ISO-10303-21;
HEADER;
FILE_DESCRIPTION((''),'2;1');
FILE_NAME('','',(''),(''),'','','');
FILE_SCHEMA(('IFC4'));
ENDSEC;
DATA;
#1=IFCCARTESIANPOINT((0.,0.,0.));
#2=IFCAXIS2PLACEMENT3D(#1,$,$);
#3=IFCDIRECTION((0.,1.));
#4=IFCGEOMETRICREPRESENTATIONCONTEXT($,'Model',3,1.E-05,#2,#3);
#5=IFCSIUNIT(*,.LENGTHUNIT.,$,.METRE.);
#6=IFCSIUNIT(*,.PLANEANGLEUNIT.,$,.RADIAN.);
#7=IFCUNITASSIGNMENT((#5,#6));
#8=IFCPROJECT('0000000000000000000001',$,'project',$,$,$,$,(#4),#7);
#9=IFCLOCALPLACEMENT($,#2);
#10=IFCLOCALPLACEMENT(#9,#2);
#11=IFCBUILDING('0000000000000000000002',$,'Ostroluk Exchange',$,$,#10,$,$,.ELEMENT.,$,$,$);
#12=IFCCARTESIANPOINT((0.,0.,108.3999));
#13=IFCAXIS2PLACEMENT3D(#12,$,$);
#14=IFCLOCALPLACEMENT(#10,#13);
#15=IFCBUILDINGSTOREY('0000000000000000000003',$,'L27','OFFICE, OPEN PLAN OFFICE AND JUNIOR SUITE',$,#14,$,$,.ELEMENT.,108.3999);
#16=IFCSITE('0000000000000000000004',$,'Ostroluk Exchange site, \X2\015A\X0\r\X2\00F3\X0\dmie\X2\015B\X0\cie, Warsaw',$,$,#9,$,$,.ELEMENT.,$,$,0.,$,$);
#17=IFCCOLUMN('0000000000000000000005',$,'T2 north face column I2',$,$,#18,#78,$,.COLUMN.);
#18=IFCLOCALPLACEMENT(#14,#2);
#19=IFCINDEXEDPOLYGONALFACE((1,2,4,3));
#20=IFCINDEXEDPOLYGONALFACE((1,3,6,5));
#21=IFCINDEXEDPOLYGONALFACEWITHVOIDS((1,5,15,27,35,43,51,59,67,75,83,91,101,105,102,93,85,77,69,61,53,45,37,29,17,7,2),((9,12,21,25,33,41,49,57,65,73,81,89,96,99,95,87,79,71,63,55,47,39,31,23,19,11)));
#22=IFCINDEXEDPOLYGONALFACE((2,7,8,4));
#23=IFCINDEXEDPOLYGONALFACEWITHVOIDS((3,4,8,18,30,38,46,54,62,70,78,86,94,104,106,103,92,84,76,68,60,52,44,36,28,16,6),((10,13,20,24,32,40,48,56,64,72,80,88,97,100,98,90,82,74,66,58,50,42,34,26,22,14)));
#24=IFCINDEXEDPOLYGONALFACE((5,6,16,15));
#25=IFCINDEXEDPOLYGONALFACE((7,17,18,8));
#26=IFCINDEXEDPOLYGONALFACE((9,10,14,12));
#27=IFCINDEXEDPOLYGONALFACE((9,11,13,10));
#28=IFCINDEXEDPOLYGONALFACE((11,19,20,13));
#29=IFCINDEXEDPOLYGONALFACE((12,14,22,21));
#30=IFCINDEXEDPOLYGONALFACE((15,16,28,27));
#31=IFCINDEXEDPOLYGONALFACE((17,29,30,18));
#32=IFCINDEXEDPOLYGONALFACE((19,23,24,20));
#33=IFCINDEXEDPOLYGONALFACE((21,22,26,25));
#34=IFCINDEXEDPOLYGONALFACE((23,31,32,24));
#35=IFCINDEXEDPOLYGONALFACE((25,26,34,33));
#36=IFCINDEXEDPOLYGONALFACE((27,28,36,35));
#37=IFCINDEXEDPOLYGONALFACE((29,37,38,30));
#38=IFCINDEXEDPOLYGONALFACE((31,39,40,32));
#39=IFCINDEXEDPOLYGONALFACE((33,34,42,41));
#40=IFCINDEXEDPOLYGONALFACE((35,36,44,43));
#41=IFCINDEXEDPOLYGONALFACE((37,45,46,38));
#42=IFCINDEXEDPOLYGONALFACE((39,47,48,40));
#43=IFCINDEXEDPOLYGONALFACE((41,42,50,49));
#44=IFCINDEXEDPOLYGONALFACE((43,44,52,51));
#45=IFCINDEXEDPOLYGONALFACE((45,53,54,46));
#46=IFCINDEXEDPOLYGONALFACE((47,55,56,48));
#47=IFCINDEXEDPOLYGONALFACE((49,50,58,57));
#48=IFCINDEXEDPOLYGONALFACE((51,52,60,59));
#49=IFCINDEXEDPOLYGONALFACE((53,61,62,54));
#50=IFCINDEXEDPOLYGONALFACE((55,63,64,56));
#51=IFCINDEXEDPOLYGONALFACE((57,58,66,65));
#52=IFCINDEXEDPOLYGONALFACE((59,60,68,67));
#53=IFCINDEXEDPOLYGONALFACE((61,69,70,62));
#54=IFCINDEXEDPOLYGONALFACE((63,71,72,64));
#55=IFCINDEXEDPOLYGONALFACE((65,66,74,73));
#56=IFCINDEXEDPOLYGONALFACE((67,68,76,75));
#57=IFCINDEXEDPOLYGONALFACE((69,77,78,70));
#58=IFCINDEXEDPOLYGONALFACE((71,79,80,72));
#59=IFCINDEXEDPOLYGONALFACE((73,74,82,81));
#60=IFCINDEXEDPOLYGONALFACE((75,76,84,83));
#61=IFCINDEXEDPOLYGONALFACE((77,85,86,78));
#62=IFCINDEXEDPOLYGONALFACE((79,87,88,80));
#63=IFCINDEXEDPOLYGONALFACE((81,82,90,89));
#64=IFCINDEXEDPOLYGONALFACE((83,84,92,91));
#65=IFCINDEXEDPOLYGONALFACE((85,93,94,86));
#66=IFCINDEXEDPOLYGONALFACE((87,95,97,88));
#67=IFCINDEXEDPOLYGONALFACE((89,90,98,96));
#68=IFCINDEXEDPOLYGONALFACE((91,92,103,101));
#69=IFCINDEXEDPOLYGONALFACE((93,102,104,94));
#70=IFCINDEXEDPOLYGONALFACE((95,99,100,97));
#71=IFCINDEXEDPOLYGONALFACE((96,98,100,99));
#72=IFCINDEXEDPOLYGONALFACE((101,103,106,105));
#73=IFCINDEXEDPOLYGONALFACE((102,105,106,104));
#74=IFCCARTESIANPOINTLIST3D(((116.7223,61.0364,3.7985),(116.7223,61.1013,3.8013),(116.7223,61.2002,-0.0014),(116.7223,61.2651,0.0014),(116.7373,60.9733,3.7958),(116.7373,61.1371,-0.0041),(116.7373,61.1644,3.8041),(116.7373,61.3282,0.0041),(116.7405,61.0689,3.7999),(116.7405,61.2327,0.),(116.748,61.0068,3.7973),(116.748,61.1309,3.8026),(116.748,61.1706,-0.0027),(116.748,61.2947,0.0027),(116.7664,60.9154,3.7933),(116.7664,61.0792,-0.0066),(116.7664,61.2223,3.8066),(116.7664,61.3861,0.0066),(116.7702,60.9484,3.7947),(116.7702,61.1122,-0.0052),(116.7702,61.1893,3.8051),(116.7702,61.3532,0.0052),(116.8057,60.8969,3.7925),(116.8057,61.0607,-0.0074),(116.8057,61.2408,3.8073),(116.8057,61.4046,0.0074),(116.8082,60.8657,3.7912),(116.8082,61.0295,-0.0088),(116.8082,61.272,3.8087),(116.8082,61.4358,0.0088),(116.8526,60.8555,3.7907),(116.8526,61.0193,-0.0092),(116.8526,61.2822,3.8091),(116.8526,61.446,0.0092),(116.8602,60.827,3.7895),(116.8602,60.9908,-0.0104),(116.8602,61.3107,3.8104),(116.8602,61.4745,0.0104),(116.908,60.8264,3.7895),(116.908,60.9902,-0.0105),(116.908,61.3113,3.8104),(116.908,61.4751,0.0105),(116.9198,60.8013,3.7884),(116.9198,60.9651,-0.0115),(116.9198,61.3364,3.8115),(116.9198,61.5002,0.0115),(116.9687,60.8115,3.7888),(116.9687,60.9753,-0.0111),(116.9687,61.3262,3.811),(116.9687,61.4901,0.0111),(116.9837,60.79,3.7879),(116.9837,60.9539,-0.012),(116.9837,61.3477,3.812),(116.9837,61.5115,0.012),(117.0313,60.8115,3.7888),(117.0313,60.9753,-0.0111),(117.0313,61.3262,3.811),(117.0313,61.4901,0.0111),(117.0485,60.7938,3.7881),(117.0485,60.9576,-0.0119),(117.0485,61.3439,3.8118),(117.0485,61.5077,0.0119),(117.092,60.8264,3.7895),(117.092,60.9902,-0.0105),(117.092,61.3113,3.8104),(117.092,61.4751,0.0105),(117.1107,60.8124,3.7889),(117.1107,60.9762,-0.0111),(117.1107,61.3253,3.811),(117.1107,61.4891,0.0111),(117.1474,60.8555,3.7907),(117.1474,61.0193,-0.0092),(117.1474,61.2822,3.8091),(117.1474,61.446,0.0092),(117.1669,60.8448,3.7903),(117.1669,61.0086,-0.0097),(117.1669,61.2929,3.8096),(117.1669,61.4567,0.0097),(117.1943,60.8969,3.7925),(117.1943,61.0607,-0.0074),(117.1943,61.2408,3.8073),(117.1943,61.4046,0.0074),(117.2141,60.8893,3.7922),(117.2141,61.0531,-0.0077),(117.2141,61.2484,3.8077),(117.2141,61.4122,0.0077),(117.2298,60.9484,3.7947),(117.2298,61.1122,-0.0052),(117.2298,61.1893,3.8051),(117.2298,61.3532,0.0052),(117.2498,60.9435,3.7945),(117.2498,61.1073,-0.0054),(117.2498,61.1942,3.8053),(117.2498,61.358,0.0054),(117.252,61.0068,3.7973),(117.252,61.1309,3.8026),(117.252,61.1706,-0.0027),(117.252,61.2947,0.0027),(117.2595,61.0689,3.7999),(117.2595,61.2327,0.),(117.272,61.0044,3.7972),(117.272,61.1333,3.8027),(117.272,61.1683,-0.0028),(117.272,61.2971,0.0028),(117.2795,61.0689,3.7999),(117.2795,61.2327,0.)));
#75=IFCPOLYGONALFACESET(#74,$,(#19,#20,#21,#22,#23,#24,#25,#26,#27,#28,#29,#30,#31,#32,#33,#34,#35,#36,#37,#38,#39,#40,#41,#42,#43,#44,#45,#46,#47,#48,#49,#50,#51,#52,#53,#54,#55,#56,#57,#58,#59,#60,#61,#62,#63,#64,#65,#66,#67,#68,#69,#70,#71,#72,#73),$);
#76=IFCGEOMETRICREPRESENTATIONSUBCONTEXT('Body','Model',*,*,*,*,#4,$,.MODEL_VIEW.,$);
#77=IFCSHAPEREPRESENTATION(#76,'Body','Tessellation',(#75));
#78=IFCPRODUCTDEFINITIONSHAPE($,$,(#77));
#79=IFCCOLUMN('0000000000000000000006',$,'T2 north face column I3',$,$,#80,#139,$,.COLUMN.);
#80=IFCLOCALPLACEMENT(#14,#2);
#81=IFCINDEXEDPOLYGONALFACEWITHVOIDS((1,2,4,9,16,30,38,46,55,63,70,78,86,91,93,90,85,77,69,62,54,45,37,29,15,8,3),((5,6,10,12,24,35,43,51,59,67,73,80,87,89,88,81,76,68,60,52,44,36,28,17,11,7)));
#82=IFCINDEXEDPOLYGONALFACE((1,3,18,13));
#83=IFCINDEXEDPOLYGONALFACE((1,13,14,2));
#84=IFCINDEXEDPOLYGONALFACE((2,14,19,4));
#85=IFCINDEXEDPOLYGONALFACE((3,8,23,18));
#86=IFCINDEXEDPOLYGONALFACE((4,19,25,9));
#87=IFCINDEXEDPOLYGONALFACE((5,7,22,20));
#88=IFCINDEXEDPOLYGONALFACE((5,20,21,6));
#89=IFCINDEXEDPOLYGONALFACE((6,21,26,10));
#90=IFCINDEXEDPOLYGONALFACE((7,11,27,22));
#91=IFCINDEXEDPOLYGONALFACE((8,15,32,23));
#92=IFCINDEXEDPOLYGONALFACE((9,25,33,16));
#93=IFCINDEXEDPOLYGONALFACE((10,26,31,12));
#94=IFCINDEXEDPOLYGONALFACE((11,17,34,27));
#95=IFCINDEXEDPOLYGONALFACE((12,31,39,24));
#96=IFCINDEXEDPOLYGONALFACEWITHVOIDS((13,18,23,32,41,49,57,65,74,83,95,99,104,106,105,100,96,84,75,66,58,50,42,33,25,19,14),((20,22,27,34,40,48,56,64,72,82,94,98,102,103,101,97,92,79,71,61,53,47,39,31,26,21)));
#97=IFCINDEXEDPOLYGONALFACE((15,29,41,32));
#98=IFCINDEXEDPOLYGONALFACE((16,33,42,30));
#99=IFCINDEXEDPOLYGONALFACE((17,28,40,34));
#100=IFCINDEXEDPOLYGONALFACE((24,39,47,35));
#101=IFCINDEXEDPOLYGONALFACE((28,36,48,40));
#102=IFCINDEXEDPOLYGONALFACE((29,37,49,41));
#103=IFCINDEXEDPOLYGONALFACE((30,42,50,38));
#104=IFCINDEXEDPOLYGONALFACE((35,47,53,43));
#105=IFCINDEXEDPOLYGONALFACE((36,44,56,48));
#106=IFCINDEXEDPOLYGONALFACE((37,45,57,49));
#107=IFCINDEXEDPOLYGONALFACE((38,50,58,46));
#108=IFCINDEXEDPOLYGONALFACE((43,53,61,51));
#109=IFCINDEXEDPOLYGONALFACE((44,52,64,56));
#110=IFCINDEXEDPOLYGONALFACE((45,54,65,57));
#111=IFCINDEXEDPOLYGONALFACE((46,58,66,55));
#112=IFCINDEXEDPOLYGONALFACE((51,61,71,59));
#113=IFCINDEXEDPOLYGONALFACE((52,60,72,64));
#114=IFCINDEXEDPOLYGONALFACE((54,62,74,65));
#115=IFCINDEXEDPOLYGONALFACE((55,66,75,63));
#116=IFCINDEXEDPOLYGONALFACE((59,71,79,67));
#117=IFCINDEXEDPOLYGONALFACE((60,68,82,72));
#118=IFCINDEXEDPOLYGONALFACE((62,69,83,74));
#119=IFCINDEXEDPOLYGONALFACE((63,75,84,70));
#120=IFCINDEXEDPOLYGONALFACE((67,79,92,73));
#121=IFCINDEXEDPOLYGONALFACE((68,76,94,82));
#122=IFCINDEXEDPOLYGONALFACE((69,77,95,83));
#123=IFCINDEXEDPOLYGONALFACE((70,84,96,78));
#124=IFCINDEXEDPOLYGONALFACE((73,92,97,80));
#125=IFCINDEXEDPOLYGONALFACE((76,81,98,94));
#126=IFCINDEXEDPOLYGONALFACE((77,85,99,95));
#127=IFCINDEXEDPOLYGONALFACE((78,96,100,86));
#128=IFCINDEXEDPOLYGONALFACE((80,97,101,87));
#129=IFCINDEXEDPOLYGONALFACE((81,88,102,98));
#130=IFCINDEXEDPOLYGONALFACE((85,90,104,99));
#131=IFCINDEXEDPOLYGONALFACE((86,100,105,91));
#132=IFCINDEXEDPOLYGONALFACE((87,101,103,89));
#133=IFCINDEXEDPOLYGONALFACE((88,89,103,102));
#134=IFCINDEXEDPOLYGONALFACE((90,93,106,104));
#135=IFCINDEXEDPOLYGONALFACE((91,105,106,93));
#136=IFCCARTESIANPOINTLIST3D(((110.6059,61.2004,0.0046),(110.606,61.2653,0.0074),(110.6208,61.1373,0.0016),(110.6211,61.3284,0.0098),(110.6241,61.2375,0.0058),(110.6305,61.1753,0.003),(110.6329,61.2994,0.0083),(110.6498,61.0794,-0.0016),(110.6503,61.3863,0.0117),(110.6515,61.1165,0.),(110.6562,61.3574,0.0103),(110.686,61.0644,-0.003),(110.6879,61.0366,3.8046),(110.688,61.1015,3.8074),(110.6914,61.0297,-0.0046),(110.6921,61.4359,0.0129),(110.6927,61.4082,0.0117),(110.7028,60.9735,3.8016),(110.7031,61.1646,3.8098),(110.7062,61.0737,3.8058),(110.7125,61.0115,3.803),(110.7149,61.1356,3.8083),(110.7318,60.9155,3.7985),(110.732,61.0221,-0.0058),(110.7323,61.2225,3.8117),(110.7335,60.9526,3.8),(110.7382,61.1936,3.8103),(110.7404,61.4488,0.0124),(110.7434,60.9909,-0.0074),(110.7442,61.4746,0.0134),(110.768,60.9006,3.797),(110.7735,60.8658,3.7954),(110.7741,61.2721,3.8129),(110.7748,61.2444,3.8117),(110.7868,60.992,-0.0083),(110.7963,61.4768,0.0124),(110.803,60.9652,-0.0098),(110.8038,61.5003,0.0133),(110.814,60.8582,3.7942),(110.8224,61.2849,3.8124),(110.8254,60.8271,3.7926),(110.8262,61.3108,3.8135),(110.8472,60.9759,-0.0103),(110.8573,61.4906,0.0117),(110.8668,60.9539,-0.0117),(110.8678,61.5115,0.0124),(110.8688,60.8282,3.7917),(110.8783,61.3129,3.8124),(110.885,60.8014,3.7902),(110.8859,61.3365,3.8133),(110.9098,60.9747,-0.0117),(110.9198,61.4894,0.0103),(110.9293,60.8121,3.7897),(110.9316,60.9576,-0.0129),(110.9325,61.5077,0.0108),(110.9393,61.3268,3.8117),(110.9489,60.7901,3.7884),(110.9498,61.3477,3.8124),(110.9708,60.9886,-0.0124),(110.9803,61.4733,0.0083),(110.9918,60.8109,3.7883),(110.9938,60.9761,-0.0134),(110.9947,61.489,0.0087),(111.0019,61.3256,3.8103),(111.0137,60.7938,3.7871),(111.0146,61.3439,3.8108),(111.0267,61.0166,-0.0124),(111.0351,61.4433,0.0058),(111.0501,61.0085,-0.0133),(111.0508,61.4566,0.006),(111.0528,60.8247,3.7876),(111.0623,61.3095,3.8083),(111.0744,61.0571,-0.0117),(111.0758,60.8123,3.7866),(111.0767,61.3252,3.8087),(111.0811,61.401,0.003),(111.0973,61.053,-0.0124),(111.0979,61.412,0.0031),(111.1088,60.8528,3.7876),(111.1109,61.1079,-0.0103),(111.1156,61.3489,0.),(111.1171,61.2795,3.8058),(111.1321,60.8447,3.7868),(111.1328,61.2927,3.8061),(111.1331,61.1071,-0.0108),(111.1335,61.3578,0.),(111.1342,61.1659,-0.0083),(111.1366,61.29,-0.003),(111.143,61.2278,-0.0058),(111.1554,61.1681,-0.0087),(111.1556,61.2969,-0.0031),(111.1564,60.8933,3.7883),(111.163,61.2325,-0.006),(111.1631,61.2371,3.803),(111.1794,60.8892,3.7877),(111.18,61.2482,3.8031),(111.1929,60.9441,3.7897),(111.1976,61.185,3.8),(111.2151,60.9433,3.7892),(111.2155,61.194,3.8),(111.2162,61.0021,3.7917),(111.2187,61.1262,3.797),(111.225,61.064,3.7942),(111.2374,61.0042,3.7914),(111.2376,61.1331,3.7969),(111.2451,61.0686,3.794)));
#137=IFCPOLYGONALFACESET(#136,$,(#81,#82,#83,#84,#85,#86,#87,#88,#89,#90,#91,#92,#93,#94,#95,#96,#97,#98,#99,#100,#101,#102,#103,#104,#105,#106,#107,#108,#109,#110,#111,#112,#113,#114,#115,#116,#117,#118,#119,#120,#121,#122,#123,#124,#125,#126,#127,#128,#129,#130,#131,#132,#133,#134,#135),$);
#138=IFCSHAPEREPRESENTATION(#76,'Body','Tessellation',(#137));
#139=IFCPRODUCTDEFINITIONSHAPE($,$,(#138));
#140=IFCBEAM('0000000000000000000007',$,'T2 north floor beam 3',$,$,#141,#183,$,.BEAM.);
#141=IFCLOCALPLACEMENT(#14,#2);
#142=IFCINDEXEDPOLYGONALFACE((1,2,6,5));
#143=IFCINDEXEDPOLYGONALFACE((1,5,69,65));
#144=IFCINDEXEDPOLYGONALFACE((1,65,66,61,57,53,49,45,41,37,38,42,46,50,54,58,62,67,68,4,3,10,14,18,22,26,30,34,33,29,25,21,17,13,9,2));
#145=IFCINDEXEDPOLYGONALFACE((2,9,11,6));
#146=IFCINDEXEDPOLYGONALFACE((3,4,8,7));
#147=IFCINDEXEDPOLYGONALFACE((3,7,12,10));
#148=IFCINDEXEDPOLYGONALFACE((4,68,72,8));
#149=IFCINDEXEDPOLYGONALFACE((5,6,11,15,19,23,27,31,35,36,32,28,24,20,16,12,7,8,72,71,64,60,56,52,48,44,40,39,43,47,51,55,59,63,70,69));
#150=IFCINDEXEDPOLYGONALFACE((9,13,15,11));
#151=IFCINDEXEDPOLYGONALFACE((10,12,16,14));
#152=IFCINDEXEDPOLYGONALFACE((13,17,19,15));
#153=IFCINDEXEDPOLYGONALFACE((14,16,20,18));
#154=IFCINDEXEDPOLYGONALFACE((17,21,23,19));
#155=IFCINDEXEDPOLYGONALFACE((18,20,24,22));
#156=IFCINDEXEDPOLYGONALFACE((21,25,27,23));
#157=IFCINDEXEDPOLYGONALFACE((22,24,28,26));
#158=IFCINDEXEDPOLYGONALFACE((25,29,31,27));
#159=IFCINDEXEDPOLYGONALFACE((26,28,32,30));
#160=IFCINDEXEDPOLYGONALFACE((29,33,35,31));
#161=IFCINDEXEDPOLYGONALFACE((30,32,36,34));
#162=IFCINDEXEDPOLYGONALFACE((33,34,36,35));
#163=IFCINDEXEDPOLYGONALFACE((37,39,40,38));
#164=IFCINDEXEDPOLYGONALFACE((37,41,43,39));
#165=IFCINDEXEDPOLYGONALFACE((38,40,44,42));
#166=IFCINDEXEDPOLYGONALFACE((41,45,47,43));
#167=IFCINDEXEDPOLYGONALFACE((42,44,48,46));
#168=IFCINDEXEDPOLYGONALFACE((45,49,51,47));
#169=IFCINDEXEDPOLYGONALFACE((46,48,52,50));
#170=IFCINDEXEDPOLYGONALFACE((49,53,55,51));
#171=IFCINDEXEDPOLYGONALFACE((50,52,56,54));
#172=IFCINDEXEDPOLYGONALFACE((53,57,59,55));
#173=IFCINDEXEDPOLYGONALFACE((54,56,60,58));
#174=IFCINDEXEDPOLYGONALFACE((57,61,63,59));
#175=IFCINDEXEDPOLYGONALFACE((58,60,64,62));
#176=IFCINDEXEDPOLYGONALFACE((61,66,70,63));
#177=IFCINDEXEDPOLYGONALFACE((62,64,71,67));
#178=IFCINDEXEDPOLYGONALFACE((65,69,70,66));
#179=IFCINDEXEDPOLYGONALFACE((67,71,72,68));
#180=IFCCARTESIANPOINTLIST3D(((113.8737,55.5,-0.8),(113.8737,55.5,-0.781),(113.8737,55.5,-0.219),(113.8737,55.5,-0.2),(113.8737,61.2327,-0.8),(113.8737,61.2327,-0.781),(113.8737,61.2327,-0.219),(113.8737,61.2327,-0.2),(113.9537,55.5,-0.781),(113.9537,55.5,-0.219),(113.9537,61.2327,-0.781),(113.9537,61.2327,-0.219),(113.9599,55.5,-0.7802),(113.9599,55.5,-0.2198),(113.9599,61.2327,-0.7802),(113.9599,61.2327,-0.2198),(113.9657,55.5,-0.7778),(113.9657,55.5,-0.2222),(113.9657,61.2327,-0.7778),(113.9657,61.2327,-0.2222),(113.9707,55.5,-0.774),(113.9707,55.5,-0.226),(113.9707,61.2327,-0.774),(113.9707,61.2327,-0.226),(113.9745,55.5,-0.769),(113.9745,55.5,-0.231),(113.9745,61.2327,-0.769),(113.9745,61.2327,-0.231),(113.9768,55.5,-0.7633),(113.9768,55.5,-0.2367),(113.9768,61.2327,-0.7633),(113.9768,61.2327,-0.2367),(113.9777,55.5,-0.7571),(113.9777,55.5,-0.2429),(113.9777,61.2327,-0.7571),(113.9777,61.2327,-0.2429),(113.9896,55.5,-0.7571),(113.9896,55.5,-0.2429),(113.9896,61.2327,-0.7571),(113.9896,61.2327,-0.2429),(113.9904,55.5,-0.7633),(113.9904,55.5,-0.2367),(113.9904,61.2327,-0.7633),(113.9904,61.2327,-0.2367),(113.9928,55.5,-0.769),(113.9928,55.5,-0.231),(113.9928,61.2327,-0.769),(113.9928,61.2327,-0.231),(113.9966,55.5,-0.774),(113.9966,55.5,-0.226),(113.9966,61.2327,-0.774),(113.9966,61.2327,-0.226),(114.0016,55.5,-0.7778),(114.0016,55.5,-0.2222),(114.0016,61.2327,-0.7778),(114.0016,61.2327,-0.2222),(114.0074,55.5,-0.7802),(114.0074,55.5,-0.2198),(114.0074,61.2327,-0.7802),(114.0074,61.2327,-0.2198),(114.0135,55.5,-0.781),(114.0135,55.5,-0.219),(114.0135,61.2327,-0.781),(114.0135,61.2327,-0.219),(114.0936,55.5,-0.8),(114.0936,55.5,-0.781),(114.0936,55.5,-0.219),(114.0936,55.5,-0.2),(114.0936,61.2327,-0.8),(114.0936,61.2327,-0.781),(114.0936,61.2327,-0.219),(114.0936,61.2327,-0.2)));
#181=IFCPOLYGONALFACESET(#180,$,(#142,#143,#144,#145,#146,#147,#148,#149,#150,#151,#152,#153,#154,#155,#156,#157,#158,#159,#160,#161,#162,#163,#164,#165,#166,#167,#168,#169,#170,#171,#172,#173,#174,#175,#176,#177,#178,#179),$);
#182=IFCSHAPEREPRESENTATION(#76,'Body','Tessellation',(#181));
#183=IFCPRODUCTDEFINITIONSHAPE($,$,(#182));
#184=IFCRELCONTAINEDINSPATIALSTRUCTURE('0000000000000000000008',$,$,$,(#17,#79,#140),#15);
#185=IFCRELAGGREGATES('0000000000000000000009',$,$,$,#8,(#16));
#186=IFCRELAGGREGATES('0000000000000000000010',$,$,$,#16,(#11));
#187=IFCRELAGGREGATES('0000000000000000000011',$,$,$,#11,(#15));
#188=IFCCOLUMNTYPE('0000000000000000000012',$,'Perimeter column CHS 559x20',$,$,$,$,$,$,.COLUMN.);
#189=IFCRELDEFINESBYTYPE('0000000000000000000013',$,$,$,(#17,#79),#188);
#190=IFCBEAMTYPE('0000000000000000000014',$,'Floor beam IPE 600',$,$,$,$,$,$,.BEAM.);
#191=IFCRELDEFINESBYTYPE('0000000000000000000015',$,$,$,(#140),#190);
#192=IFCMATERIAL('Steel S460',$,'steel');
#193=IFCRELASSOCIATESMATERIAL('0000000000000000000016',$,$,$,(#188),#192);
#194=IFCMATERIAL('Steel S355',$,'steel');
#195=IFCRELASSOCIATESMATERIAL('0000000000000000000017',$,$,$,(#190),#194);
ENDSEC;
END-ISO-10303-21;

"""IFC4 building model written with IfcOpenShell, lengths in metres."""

from ifc_helpers import new_model, si_unit, direction, frame, origin, origin_2d, place, context, subcontext, project, spatial, hollow_circle, i_section, extrude, material, material_profile, profile_set, type_object, element, save


model = new_model("IFC4")

# Units and contexts
model_context = context("Model", 3, precision=1e-05, world=origin(), true_north=direction((0.0, 1.0)))
body_context = subcontext(model_context, "Body", "Model", "MODEL_VIEW")
ifc_project = project(units=[si_unit("LENGTHUNIT", "METRE"), si_unit("PLANEANGLEUNIT", "RADIAN")], contexts=[model_context])

# Site, building, storey
site_placement = place(None, origin())
site = spatial("IfcSite", under=ifc_project, at=site_placement, Name="Ostroluk Exchange site, Śródmieście, Warsaw", CompositionType="ELEMENT", RefElevation=0.0)
building_placement = place(site_placement, origin())
building = spatial("IfcBuilding", under=site, at=building_placement, Name="Ostroluk Exchange", CompositionType="ELEMENT")
storey_placement = place(building_placement, frame((0.0, 0.0, 108.3999)))
storey = spatial("IfcBuildingStorey", under=building, at=storey_placement, Name="L27", Description="OFFICE, OPEN PLAN OFFICE AND JUNIOR SUITE", CompositionType="ELEMENT", Elevation=108.3999)

# Columns
ifc_material_1 = material(Name="Steel S460", Category="steel")
ifc_material_profile_1 = material_profile(ifc_material_1, hollow_circle(Radius=0.2795, WallThickness=0.02, at=origin_2d()), Name="CHS 559x20")
ifc_profile_set_1 = profile_set([ifc_material_profile_1], Name="Steel S460")
column_type = type_object("IfcColumnType", Name="Perimeter column CHS 559x20", PredefinedType="COLUMN", material=ifc_profile_set_1)
column_1_placement = place(storey_placement, frame((117.0, 61.2327, 0.0), z_axis=(0.0, -0.04307, 0.999072), x_axis=(1.0, 0.0, 0.0)))
element("IfcColumn", 1, at=column_1_placement, inside=storey, type_object=column_type, Name="T2 north face column I2", PredefinedType="COLUMN", context=body_context, shape_type="SweptSolid", body=[
    extrude(hollow_circle(Radius=0.2795, WallThickness=0.02, at=origin_2d()), origin(), (0.0, 0.0, 1.0), 3.8035),
])
column_2_placement = place(storey_placement, frame((110.8835, 61.2327, 0.0), z_axis=(0.021562, -0.04306, 0.99884), x_axis=(0.894161, 0.447747, 0.0)))
element("IfcColumn", 2, at=column_2_placement, inside=storey, type_object=column_type, Name="T2 north face column I3", PredefinedType="COLUMN", context=body_context, shape_type="SweptSolid", body=[
    extrude(hollow_circle(Radius=0.2795, WallThickness=0.02, at=origin_2d()), origin(), (0.0, 0.0, 1.0), 3.8044),
])

# Beam
ifc_material_2 = material(Name="Steel S355", Category="steel")
ifc_material_profile_2 = material_profile(ifc_material_2, i_section(OverallWidth=0.22, OverallDepth=0.6001, WebThickness=0.012, FlangeThickness=0.019, FilletRadius=0.0239, at=origin_2d()), Name="IPE 600")
ifc_profile_set_2 = profile_set([ifc_material_profile_2], Name="Steel S355")
beam_type_1 = type_object("IfcBeamType", Name="Floor beam IPE 600", PredefinedType="BEAM", material=ifc_profile_set_2)
for number, where, z_axis, x_axis, name in (
    (3, (113.9836, 55.5, -0.5), (0.0, 1.0, 0.0), (-1.0, 0.0, 0.0), "T2 north floor beam 3"),
):
    element("IfcBeam", number, at=place(storey_placement, frame(where, z_axis=z_axis, x_axis=x_axis)), inside=storey, type_object=beam_type_1, Name=name, PredefinedType="BEAM", context=body_context, shape_type="SweptSolid", body=[
        extrude(i_section(OverallWidth=0.22, OverallDepth=0.6001, WebThickness=0.012, FlangeThickness=0.019, FilletRadius=0.0239, at=origin_2d()), origin(), (0.0, 0.0, 1.0), 5.7327),
    ])

save(model, "model.ifc")
